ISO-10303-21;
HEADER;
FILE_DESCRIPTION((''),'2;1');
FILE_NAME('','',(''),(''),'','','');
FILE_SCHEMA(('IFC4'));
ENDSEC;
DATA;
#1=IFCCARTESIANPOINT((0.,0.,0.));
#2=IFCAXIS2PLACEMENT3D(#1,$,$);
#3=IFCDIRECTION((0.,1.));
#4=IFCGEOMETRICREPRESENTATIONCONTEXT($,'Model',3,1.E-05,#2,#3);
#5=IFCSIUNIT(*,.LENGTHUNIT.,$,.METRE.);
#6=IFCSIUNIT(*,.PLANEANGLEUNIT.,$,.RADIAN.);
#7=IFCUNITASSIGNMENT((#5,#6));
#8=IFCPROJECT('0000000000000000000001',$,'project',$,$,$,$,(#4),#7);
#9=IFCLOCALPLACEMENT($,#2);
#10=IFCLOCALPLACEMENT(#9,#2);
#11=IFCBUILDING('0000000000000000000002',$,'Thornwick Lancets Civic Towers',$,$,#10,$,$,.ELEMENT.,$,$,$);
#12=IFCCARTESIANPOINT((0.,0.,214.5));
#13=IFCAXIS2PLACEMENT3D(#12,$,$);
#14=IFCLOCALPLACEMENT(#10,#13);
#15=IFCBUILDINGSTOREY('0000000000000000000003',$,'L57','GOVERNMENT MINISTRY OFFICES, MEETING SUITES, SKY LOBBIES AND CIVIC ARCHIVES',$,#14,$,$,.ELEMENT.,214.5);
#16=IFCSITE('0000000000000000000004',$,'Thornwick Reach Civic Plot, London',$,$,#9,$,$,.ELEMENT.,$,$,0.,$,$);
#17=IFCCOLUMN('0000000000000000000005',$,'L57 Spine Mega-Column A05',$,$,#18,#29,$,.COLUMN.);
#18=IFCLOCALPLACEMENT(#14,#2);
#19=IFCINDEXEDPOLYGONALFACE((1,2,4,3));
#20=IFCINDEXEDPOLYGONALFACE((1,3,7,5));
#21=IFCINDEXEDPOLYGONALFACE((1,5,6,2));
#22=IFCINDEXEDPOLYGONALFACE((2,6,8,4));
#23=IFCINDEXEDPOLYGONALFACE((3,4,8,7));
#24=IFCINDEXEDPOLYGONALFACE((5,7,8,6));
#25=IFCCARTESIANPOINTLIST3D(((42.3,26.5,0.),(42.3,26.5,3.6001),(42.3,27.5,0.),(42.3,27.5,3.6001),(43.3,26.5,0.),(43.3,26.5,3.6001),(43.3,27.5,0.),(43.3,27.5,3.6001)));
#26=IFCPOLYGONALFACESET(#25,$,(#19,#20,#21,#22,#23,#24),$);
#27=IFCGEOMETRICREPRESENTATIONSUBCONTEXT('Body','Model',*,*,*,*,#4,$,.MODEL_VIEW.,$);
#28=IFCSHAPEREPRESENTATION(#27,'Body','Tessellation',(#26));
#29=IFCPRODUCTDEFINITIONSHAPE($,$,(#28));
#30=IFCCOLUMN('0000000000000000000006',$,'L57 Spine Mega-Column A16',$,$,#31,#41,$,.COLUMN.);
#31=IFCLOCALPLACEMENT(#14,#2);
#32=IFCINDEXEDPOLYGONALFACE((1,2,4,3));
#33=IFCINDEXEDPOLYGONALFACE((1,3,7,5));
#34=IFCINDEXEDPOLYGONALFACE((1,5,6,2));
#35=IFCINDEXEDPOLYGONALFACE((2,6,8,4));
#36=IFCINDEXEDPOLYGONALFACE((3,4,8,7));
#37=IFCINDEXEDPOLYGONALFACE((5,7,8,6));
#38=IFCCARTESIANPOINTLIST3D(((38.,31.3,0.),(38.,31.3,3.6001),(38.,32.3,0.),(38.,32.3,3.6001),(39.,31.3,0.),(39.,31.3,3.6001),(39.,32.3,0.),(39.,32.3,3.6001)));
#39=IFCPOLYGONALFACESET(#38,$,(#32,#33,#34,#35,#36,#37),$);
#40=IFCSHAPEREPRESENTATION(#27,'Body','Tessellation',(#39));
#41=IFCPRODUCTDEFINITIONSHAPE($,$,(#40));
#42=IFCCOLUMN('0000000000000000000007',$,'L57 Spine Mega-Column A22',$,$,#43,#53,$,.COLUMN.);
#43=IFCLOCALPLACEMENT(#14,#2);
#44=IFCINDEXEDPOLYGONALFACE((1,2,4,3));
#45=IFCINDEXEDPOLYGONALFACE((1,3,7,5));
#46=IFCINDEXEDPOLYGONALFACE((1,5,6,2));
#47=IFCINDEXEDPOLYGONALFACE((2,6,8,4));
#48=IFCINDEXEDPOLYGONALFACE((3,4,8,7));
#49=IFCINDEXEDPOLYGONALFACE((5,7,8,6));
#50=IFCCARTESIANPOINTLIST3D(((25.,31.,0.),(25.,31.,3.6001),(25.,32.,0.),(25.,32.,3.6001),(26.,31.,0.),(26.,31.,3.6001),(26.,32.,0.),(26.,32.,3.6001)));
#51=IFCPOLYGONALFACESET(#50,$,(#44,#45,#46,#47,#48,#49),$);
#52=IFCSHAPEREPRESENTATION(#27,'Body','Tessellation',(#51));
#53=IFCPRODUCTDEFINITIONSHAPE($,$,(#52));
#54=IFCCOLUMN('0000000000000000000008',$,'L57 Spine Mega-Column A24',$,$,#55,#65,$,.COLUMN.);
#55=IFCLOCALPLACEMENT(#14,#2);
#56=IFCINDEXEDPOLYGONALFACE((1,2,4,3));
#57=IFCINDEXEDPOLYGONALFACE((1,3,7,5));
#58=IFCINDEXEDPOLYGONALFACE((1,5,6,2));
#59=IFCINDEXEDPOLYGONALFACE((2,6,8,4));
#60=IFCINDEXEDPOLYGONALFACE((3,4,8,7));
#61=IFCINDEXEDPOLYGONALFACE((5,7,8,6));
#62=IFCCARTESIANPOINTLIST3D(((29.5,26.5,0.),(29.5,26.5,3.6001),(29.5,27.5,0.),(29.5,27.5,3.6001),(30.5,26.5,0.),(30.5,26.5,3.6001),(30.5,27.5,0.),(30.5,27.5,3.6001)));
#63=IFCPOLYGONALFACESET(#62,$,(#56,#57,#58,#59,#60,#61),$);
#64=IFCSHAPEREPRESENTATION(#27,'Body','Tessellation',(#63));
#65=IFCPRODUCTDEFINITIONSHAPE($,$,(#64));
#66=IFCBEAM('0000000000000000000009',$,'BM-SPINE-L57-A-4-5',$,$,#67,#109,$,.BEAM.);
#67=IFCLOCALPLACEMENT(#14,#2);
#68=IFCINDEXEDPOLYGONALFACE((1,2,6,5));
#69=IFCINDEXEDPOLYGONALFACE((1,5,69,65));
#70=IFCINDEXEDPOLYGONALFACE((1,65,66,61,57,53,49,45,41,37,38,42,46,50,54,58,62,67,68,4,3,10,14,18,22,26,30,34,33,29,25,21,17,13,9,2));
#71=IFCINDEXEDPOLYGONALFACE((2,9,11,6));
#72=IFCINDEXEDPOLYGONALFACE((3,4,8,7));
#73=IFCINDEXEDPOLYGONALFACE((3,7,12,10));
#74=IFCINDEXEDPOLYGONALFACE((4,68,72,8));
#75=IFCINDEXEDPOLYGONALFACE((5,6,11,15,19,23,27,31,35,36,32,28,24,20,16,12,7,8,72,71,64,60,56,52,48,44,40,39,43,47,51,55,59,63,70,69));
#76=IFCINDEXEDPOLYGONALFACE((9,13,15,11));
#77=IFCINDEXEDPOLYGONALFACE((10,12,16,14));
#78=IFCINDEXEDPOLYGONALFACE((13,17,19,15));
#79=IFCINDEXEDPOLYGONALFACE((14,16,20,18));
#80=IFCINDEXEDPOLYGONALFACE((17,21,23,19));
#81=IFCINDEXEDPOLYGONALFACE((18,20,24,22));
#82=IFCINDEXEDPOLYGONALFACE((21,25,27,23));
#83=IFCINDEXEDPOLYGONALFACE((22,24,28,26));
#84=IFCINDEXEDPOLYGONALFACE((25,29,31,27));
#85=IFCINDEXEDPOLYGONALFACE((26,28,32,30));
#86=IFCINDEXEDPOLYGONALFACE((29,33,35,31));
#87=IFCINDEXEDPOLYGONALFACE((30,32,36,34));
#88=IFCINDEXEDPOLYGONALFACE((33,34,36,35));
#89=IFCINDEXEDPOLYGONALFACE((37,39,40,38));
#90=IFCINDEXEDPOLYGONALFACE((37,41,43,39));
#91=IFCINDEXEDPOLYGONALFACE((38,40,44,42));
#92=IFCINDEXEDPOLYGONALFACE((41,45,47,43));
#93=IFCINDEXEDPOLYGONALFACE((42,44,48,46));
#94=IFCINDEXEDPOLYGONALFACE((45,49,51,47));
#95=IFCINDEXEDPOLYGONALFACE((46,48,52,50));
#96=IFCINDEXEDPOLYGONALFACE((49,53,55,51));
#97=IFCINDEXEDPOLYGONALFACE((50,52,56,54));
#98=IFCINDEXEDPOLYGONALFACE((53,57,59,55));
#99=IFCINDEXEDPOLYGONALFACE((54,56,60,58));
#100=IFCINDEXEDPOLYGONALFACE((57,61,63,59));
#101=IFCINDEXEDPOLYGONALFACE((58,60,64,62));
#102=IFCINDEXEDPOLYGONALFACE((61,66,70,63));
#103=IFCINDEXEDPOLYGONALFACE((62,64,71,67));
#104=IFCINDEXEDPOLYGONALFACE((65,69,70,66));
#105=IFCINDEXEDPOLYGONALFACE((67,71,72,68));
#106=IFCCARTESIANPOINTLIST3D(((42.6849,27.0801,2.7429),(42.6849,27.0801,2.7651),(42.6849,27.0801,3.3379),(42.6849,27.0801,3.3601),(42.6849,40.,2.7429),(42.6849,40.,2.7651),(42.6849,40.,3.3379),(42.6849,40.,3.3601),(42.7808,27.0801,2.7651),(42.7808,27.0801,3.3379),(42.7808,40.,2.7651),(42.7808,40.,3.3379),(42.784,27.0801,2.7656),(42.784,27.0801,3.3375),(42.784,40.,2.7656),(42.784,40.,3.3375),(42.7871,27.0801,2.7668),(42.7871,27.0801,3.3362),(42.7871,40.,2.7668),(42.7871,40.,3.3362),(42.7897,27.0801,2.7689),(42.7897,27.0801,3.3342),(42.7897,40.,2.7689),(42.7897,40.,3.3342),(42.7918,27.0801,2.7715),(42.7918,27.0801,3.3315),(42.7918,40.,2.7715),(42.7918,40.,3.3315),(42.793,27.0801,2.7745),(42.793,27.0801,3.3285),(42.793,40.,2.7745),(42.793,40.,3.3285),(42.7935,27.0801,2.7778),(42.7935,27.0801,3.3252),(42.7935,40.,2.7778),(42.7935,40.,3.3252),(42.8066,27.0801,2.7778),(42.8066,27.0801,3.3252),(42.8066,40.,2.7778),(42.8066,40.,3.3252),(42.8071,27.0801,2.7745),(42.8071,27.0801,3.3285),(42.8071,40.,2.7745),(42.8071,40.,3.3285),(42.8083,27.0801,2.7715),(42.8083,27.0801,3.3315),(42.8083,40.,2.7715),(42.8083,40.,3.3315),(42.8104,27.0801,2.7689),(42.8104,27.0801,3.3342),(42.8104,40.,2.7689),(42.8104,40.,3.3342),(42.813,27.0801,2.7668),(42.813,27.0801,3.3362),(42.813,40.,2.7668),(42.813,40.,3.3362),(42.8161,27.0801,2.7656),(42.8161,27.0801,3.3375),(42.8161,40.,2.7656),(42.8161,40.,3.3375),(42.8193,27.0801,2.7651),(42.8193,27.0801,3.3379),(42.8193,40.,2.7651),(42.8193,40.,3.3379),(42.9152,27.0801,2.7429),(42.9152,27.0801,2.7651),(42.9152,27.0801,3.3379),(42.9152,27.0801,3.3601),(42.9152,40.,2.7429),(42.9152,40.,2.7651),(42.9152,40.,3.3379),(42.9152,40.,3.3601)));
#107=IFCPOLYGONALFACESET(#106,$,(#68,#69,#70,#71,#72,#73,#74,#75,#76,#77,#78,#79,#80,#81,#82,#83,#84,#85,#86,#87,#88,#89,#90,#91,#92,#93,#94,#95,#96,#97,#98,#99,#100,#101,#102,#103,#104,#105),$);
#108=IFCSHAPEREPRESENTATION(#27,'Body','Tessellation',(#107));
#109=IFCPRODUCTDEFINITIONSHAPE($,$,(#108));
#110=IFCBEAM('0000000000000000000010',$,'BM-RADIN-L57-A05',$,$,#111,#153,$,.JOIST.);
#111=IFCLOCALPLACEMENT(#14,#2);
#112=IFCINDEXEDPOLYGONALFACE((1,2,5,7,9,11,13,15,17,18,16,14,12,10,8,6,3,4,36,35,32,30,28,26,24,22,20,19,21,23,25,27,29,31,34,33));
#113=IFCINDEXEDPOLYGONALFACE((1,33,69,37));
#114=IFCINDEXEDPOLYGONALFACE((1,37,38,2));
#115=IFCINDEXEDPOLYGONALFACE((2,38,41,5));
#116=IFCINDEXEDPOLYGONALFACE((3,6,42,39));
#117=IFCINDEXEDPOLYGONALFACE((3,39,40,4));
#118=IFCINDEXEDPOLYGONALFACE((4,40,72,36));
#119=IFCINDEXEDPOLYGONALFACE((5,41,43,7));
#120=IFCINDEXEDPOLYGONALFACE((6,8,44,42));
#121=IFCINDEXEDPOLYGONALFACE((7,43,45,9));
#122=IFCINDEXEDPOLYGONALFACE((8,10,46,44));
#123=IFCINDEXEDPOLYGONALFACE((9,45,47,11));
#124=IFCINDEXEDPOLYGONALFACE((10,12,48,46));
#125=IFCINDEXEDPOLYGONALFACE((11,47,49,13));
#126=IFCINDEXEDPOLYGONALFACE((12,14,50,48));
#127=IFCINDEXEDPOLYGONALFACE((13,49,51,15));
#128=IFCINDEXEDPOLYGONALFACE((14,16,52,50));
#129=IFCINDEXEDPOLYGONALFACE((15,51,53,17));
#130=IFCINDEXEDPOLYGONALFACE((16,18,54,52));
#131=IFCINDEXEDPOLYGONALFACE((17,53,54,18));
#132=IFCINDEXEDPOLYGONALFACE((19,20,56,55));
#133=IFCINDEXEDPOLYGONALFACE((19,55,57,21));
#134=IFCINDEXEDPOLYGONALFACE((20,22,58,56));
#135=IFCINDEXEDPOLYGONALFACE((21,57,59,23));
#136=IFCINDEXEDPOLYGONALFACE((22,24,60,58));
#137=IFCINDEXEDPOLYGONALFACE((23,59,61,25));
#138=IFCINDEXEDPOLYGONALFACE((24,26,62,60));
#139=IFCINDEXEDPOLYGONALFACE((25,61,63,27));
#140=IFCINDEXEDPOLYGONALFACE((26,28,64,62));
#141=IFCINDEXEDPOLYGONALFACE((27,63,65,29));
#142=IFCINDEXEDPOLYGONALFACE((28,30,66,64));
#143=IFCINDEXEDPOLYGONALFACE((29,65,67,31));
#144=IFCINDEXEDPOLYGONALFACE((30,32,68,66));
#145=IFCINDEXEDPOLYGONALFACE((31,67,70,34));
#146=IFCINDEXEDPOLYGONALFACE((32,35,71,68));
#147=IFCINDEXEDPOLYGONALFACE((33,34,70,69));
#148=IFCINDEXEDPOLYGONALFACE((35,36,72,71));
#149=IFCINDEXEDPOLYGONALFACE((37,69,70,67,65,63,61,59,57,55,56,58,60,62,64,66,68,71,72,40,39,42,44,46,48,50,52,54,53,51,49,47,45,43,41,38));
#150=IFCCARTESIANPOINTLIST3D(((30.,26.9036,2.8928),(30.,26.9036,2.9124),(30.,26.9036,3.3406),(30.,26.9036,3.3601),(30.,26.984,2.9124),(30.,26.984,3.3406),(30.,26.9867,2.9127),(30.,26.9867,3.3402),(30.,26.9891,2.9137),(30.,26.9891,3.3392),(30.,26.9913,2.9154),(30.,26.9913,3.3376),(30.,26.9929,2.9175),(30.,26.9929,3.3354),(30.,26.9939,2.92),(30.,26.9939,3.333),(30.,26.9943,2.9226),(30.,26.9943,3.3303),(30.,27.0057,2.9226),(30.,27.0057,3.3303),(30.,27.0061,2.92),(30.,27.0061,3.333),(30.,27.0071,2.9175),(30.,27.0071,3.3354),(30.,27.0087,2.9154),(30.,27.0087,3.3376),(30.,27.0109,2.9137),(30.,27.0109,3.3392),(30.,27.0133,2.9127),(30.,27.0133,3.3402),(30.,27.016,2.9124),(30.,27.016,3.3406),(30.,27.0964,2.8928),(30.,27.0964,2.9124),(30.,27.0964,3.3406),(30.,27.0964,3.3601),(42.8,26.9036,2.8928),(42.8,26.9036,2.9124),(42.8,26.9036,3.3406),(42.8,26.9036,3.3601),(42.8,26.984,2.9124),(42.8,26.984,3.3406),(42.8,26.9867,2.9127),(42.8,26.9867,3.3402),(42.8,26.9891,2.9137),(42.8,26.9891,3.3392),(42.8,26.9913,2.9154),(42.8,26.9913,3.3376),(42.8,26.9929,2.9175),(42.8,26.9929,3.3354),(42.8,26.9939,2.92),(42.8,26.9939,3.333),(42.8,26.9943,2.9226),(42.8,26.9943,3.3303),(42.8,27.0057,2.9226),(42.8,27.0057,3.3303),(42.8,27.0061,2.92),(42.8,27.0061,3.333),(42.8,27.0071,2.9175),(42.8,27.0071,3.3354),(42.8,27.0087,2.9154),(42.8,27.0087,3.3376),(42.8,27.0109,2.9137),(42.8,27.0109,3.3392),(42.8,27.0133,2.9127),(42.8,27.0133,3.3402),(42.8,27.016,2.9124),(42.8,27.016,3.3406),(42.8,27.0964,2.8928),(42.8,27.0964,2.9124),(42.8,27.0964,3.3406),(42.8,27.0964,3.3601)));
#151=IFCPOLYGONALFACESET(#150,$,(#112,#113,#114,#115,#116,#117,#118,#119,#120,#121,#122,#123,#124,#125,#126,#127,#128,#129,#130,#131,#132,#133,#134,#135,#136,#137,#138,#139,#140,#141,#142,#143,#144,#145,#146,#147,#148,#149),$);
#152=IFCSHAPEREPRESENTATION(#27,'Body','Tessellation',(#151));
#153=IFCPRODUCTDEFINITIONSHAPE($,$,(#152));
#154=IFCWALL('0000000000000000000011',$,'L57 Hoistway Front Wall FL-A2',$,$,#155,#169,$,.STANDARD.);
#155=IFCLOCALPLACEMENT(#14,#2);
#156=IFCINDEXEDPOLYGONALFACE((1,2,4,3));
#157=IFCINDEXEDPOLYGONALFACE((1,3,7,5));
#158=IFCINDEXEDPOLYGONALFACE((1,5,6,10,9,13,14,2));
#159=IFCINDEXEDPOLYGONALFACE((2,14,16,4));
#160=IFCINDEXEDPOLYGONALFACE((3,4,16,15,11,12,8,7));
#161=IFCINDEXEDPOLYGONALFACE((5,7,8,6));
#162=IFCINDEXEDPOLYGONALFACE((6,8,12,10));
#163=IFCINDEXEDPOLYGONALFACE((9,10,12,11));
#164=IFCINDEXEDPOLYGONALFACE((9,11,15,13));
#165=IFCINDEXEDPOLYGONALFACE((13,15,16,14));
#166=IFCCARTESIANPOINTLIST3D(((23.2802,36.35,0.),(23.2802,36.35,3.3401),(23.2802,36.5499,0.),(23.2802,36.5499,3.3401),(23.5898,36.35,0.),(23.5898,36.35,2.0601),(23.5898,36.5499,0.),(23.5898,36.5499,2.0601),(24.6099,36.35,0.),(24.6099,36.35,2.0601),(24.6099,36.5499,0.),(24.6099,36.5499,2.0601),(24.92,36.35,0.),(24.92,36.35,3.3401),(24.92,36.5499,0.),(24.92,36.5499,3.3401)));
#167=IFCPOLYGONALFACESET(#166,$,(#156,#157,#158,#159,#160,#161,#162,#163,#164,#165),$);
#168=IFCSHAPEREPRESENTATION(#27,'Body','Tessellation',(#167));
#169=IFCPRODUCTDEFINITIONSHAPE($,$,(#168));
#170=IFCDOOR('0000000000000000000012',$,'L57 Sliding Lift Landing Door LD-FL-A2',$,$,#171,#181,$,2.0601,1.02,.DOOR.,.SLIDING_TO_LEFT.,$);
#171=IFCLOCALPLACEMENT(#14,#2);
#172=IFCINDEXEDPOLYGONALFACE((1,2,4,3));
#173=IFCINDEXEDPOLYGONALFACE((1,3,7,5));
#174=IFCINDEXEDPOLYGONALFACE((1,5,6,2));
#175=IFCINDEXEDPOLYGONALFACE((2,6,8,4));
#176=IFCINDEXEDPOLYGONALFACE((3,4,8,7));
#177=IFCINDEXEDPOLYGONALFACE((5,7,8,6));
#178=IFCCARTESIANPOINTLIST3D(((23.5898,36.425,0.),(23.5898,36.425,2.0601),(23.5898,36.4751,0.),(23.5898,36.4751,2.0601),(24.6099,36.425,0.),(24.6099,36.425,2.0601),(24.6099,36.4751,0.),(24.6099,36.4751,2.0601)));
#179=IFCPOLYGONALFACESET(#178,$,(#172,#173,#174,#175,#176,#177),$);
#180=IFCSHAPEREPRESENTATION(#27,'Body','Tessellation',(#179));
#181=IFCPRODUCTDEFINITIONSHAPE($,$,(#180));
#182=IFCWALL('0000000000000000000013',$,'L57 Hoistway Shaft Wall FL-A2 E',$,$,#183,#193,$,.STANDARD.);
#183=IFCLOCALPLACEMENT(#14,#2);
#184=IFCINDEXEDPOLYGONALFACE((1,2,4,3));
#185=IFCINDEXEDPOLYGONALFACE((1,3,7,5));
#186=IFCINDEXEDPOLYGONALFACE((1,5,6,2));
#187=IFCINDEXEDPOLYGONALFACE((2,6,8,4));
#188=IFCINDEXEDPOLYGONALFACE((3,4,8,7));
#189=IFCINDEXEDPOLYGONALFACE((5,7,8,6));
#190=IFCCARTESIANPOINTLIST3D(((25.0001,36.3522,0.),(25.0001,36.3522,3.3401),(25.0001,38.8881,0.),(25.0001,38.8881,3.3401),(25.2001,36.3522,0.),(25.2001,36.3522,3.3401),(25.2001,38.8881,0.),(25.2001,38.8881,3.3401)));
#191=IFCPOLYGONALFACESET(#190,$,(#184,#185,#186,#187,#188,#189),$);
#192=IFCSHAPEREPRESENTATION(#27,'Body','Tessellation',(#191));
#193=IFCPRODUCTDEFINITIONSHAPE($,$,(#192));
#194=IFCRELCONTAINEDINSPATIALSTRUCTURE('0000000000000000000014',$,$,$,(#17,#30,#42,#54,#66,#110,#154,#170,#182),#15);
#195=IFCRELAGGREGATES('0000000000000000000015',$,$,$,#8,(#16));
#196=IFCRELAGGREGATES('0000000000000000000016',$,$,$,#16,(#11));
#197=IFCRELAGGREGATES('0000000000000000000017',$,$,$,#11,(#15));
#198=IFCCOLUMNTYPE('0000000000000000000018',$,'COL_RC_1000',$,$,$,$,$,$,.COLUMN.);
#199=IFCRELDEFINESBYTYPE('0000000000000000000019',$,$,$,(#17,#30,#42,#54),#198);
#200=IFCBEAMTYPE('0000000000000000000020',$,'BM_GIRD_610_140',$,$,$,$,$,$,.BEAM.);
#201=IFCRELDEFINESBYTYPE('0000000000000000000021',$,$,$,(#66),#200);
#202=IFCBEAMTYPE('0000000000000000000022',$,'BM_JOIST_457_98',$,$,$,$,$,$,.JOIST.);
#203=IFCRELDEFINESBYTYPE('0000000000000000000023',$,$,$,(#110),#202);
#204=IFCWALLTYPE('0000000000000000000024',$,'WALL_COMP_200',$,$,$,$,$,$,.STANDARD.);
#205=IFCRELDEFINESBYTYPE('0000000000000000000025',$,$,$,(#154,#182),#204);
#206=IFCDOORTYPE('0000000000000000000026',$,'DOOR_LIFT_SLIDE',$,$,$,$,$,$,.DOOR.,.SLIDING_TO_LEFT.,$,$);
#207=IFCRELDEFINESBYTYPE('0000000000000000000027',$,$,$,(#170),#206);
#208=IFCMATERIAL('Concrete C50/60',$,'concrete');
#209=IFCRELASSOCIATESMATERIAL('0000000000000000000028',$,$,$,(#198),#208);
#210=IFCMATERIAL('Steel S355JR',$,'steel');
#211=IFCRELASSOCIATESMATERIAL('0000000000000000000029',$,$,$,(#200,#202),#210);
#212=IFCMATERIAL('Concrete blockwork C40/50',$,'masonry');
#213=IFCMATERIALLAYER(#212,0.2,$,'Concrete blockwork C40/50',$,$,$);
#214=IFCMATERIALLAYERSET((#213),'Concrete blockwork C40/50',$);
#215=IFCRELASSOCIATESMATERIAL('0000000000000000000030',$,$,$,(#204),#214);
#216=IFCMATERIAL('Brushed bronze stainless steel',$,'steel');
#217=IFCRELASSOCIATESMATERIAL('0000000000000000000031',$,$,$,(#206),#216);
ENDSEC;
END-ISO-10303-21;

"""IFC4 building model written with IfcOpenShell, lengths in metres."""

from ifc_helpers import new_model, si_unit, direction, frame, frame_2d, origin, origin_2d, place, context, subcontext, project, spatial, rectangle, i_section, extrude, material, layer, layer_set, material_profile, profile_set, type_object, element, fill, save


model = new_model("IFC4")

# Units and contexts
model_context = context("Model", 3, precision=1e-05, world=origin(), true_north=direction((0.0, 1.0)))
body_context = subcontext(model_context, "Body", "Model", "MODEL_VIEW")
ifc_project = project(units=[si_unit("LENGTHUNIT", "METRE"), si_unit("PLANEANGLEUNIT", "RADIAN")], contexts=[model_context])

# Site, building, storey
site_placement = place(None, origin())
site = spatial("IfcSite", under=ifc_project, at=site_placement, Name="Thornwick Reach Civic Plot, London", CompositionType="ELEMENT", RefElevation=0.0)
building_placement = place(site_placement, origin())
building = spatial("IfcBuilding", under=site, at=building_placement, Name="Thornwick Lancets Civic Towers", CompositionType="ELEMENT")
storey_placement = place(building_placement, frame((0.0, 0.0, 214.5)))
storey = spatial("IfcBuildingStorey", under=building, at=storey_placement, Name="L57", Description="GOVERNMENT MINISTRY OFFICES, MEETING SUITES, SKY LOBBIES AND CIVIC ARCHIVES", CompositionType="ELEMENT", Elevation=214.5)

# Columns
ifc_material_1 = material(Name="Concrete C50/60", Category="concrete")
ifc_material_profile_1 = material_profile(ifc_material_1, rectangle(XDim=1.0, YDim=1.0, at=origin_2d()), Name="RC 1000x1000")
ifc_profile_set_1 = profile_set([ifc_material_profile_1], Name="Concrete C50/60")
column_type = type_object("IfcColumnType", Name="COL_RC_1000", PredefinedType="COLUMN", material=ifc_profile_set_1)
for number, where, z_axis, x_axis, name in (
    (1, (42.8, 27.0, 0.0), (0.0, 0.0, 1.0), (1.0, 0.0, 0.0), "L57 Spine Mega-Column A05"),
    (2, (38.5, 31.8, 0.0), (0.0, 0.0, 1.0), (1.0, 0.0, 0.0), "L57 Spine Mega-Column A16"),
    (3, (25.5, 31.5, 0.0), (0.0, 0.0, 1.0), (1.0, 0.0, 0.0), "L57 Spine Mega-Column A22"),
    (4, (30.0, 27.0, 0.0), (0.0, 0.0, 1.0), (1.0, 0.0, 0.0), "L57 Spine Mega-Column A24"),
):
    element("IfcColumn", number, at=place(storey_placement, frame(where, z_axis=z_axis, x_axis=x_axis)), inside=storey, type_object=column_type, Name=name, PredefinedType="COLUMN", context=body_context, shape_type="SweptSolid", body=[
        extrude(rectangle(XDim=1.0, YDim=1.0, at=origin_2d()), origin(), (0.0, 0.0, 1.0), 3.6001),
    ])

# Beams
ifc_material_2 = material(Name="Steel S355JR", Category="steel")
ifc_material_profile_2 = material_profile(ifc_material_2, i_section(OverallWidth=0.2302, OverallDepth=0.6172, WebThickness=0.0132, FlangeThickness=0.0222, FilletRadius=0.0127, at=origin_2d()), Name="UKB 610x229x140")
ifc_profile_set_2 = profile_set([ifc_material_profile_2], Name="Steel S355JR")
beam_type_1 = type_object("IfcBeamType", Name="BM_GIRD_610_140", PredefinedType="BEAM", material=ifc_profile_set_2)
beam_1_placement = place(storey_placement, frame((42.8, 27.0801, 3.0515), z_axis=(0.0, 1.0, 0.0), x_axis=(-1.0, 0.0, 0.0)))
element("IfcBeam", 5, at=beam_1_placement, inside=storey, type_object=beam_type_1, Name="BM-SPINE-L57-A-4-5", PredefinedType="BEAM", context=body_context, shape_type="SweptSolid", body=[
    extrude(i_section(OverallWidth=0.2302, OverallDepth=0.6172, WebThickness=0.0132, FlangeThickness=0.0222, FilletRadius=0.0127, at=origin_2d()), origin(), (0.0, 0.0, 1.0), 12.9199),
])
ifc_material_profile_3 = material_profile(ifc_material_2, i_section(OverallWidth=0.1929, OverallDepth=0.4673, WebThickness=0.0115, FlangeThickness=0.0195, FilletRadius=0.0103, at=origin_2d()), Name="UKB 457x191x98")
ifc_profile_set_3 = profile_set([ifc_material_profile_3], Name="Steel S355JR")
beam_type_2 = type_object("IfcBeamType", Name="BM_JOIST_457_98", PredefinedType="JOIST", material=ifc_profile_set_3)
beam_2_placement = place(storey_placement, frame((30.0, 27.0, 3.1265), z_axis=(1.0, 0.0, 0.0), x_axis=(0.0, 1.0, 0.0)))
element("IfcBeam", 6, at=beam_2_placement, inside=storey, type_object=beam_type_2, Name="BM-RADIN-L57-A05", PredefinedType="JOIST", context=body_context, shape_type="SweptSolid", body=[
    extrude(i_section(OverallWidth=0.1929, OverallDepth=0.4673, WebThickness=0.0115, FlangeThickness=0.0195, FilletRadius=0.0103, at=origin_2d()), origin(), (0.0, 0.0, 1.0), 12.8),
])

# Wall, opening, door
ifc_material_3 = material(Name="Concrete blockwork C40/50", Category="masonry")
ifc_layer_1 = layer(ifc_material_3, 0.2, Name="Concrete blockwork C40/50")
ifc_layer_set_1 = layer_set([ifc_layer_1], Name="Concrete blockwork C40/50")
wall_type_1 = type_object("IfcWallType", Name="WALL_COMP_200", PredefinedType="STANDARD", material=ifc_layer_set_1)
wall_1_placement = place(storey_placement, frame((24.9199, 36.45, 0.0), z_axis=(0.0, 0.0, 1.0), x_axis=(-1.0, 0.0, 0.0)))
wall_1 = element("IfcWall", 7, at=wall_1_placement, inside=storey, type_object=wall_type_1, Name="L57 Hoistway Front Wall FL-A2", PredefinedType="STANDARD", context=body_context, shape_type="SweptSolid", body=[
    extrude(rectangle(XDim=1.6399, YDim=0.2, at=frame_2d((0.8198, 0.0))), origin(), (0.0, 0.0, 1.0), 3.3401),
])
opening_1_placement = place(wall_1_placement, frame((0.3101, 0.0, 0.0)))
opening_1 = element("IfcOpeningElement", 8, at=opening_1_placement, cuts=wall_1, PredefinedType="OPENING", context=body_context, shape_type="SweptSolid", body=[
    extrude(rectangle(XDim=1.02, YDim=2.0601, at=frame_2d((0.51, 1.03))), frame((0.0, 0.1099, 0.0), z_axis=(0.0, -1.0, 0.0), x_axis=(1.0, 0.0, 0.0)), (0.0, 0.0, 1.0), 0.22),
])
ifc_material_4 = material(Name="Brushed bronze stainless steel", Category="steel")
door_type_1 = type_object("IfcDoorType", Name="DOOR_LIFT_SLIDE", OperationType="SLIDING_TO_LEFT", PredefinedType="DOOR", material=ifc_material_4)
door_1_placement = place(opening_1_placement, origin())
door_1 = element("IfcDoor", 9, at=door_1_placement, inside=storey, type_object=door_type_1, Name="L57 Sliding Lift Landing Door LD-FL-A2", OperationType="SLIDING_TO_LEFT", OverallHeight=2.0601, OverallWidth=1.02, PredefinedType="DOOR", context=body_context, shape_type="SweptSolid", body=[
    extrude(rectangle(XDim=1.02, YDim=2.0601, at=frame_2d((0.51, 1.03))), frame((0.0, 0.0249, 0.0), z_axis=(0.0, -1.0, 0.0), x_axis=(1.0, 0.0, 0.0)), (0.0, 0.0, 1.0), 0.05),
])
fill(opening_1, door_1)

# Wall
wall_2_placement = place(storey_placement, frame((25.1001, 36.3521, 0.0), z_axis=(0.0, 0.0, 1.0), x_axis=(0.0, 1.0, 0.0)))
element("IfcWall", 10, at=wall_2_placement, inside=storey, type_object=wall_type_1, Name="L57 Hoistway Shaft Wall FL-A2 E", PredefinedType="STANDARD", context=body_context, shape_type="SweptSolid", body=[
    extrude(rectangle(XDim=2.5359, YDim=0.2, at=frame_2d((1.2681, 0.0))), origin(), (0.0, 0.0, 1.0), 3.3401),
])

save(model, "model.ifc")
